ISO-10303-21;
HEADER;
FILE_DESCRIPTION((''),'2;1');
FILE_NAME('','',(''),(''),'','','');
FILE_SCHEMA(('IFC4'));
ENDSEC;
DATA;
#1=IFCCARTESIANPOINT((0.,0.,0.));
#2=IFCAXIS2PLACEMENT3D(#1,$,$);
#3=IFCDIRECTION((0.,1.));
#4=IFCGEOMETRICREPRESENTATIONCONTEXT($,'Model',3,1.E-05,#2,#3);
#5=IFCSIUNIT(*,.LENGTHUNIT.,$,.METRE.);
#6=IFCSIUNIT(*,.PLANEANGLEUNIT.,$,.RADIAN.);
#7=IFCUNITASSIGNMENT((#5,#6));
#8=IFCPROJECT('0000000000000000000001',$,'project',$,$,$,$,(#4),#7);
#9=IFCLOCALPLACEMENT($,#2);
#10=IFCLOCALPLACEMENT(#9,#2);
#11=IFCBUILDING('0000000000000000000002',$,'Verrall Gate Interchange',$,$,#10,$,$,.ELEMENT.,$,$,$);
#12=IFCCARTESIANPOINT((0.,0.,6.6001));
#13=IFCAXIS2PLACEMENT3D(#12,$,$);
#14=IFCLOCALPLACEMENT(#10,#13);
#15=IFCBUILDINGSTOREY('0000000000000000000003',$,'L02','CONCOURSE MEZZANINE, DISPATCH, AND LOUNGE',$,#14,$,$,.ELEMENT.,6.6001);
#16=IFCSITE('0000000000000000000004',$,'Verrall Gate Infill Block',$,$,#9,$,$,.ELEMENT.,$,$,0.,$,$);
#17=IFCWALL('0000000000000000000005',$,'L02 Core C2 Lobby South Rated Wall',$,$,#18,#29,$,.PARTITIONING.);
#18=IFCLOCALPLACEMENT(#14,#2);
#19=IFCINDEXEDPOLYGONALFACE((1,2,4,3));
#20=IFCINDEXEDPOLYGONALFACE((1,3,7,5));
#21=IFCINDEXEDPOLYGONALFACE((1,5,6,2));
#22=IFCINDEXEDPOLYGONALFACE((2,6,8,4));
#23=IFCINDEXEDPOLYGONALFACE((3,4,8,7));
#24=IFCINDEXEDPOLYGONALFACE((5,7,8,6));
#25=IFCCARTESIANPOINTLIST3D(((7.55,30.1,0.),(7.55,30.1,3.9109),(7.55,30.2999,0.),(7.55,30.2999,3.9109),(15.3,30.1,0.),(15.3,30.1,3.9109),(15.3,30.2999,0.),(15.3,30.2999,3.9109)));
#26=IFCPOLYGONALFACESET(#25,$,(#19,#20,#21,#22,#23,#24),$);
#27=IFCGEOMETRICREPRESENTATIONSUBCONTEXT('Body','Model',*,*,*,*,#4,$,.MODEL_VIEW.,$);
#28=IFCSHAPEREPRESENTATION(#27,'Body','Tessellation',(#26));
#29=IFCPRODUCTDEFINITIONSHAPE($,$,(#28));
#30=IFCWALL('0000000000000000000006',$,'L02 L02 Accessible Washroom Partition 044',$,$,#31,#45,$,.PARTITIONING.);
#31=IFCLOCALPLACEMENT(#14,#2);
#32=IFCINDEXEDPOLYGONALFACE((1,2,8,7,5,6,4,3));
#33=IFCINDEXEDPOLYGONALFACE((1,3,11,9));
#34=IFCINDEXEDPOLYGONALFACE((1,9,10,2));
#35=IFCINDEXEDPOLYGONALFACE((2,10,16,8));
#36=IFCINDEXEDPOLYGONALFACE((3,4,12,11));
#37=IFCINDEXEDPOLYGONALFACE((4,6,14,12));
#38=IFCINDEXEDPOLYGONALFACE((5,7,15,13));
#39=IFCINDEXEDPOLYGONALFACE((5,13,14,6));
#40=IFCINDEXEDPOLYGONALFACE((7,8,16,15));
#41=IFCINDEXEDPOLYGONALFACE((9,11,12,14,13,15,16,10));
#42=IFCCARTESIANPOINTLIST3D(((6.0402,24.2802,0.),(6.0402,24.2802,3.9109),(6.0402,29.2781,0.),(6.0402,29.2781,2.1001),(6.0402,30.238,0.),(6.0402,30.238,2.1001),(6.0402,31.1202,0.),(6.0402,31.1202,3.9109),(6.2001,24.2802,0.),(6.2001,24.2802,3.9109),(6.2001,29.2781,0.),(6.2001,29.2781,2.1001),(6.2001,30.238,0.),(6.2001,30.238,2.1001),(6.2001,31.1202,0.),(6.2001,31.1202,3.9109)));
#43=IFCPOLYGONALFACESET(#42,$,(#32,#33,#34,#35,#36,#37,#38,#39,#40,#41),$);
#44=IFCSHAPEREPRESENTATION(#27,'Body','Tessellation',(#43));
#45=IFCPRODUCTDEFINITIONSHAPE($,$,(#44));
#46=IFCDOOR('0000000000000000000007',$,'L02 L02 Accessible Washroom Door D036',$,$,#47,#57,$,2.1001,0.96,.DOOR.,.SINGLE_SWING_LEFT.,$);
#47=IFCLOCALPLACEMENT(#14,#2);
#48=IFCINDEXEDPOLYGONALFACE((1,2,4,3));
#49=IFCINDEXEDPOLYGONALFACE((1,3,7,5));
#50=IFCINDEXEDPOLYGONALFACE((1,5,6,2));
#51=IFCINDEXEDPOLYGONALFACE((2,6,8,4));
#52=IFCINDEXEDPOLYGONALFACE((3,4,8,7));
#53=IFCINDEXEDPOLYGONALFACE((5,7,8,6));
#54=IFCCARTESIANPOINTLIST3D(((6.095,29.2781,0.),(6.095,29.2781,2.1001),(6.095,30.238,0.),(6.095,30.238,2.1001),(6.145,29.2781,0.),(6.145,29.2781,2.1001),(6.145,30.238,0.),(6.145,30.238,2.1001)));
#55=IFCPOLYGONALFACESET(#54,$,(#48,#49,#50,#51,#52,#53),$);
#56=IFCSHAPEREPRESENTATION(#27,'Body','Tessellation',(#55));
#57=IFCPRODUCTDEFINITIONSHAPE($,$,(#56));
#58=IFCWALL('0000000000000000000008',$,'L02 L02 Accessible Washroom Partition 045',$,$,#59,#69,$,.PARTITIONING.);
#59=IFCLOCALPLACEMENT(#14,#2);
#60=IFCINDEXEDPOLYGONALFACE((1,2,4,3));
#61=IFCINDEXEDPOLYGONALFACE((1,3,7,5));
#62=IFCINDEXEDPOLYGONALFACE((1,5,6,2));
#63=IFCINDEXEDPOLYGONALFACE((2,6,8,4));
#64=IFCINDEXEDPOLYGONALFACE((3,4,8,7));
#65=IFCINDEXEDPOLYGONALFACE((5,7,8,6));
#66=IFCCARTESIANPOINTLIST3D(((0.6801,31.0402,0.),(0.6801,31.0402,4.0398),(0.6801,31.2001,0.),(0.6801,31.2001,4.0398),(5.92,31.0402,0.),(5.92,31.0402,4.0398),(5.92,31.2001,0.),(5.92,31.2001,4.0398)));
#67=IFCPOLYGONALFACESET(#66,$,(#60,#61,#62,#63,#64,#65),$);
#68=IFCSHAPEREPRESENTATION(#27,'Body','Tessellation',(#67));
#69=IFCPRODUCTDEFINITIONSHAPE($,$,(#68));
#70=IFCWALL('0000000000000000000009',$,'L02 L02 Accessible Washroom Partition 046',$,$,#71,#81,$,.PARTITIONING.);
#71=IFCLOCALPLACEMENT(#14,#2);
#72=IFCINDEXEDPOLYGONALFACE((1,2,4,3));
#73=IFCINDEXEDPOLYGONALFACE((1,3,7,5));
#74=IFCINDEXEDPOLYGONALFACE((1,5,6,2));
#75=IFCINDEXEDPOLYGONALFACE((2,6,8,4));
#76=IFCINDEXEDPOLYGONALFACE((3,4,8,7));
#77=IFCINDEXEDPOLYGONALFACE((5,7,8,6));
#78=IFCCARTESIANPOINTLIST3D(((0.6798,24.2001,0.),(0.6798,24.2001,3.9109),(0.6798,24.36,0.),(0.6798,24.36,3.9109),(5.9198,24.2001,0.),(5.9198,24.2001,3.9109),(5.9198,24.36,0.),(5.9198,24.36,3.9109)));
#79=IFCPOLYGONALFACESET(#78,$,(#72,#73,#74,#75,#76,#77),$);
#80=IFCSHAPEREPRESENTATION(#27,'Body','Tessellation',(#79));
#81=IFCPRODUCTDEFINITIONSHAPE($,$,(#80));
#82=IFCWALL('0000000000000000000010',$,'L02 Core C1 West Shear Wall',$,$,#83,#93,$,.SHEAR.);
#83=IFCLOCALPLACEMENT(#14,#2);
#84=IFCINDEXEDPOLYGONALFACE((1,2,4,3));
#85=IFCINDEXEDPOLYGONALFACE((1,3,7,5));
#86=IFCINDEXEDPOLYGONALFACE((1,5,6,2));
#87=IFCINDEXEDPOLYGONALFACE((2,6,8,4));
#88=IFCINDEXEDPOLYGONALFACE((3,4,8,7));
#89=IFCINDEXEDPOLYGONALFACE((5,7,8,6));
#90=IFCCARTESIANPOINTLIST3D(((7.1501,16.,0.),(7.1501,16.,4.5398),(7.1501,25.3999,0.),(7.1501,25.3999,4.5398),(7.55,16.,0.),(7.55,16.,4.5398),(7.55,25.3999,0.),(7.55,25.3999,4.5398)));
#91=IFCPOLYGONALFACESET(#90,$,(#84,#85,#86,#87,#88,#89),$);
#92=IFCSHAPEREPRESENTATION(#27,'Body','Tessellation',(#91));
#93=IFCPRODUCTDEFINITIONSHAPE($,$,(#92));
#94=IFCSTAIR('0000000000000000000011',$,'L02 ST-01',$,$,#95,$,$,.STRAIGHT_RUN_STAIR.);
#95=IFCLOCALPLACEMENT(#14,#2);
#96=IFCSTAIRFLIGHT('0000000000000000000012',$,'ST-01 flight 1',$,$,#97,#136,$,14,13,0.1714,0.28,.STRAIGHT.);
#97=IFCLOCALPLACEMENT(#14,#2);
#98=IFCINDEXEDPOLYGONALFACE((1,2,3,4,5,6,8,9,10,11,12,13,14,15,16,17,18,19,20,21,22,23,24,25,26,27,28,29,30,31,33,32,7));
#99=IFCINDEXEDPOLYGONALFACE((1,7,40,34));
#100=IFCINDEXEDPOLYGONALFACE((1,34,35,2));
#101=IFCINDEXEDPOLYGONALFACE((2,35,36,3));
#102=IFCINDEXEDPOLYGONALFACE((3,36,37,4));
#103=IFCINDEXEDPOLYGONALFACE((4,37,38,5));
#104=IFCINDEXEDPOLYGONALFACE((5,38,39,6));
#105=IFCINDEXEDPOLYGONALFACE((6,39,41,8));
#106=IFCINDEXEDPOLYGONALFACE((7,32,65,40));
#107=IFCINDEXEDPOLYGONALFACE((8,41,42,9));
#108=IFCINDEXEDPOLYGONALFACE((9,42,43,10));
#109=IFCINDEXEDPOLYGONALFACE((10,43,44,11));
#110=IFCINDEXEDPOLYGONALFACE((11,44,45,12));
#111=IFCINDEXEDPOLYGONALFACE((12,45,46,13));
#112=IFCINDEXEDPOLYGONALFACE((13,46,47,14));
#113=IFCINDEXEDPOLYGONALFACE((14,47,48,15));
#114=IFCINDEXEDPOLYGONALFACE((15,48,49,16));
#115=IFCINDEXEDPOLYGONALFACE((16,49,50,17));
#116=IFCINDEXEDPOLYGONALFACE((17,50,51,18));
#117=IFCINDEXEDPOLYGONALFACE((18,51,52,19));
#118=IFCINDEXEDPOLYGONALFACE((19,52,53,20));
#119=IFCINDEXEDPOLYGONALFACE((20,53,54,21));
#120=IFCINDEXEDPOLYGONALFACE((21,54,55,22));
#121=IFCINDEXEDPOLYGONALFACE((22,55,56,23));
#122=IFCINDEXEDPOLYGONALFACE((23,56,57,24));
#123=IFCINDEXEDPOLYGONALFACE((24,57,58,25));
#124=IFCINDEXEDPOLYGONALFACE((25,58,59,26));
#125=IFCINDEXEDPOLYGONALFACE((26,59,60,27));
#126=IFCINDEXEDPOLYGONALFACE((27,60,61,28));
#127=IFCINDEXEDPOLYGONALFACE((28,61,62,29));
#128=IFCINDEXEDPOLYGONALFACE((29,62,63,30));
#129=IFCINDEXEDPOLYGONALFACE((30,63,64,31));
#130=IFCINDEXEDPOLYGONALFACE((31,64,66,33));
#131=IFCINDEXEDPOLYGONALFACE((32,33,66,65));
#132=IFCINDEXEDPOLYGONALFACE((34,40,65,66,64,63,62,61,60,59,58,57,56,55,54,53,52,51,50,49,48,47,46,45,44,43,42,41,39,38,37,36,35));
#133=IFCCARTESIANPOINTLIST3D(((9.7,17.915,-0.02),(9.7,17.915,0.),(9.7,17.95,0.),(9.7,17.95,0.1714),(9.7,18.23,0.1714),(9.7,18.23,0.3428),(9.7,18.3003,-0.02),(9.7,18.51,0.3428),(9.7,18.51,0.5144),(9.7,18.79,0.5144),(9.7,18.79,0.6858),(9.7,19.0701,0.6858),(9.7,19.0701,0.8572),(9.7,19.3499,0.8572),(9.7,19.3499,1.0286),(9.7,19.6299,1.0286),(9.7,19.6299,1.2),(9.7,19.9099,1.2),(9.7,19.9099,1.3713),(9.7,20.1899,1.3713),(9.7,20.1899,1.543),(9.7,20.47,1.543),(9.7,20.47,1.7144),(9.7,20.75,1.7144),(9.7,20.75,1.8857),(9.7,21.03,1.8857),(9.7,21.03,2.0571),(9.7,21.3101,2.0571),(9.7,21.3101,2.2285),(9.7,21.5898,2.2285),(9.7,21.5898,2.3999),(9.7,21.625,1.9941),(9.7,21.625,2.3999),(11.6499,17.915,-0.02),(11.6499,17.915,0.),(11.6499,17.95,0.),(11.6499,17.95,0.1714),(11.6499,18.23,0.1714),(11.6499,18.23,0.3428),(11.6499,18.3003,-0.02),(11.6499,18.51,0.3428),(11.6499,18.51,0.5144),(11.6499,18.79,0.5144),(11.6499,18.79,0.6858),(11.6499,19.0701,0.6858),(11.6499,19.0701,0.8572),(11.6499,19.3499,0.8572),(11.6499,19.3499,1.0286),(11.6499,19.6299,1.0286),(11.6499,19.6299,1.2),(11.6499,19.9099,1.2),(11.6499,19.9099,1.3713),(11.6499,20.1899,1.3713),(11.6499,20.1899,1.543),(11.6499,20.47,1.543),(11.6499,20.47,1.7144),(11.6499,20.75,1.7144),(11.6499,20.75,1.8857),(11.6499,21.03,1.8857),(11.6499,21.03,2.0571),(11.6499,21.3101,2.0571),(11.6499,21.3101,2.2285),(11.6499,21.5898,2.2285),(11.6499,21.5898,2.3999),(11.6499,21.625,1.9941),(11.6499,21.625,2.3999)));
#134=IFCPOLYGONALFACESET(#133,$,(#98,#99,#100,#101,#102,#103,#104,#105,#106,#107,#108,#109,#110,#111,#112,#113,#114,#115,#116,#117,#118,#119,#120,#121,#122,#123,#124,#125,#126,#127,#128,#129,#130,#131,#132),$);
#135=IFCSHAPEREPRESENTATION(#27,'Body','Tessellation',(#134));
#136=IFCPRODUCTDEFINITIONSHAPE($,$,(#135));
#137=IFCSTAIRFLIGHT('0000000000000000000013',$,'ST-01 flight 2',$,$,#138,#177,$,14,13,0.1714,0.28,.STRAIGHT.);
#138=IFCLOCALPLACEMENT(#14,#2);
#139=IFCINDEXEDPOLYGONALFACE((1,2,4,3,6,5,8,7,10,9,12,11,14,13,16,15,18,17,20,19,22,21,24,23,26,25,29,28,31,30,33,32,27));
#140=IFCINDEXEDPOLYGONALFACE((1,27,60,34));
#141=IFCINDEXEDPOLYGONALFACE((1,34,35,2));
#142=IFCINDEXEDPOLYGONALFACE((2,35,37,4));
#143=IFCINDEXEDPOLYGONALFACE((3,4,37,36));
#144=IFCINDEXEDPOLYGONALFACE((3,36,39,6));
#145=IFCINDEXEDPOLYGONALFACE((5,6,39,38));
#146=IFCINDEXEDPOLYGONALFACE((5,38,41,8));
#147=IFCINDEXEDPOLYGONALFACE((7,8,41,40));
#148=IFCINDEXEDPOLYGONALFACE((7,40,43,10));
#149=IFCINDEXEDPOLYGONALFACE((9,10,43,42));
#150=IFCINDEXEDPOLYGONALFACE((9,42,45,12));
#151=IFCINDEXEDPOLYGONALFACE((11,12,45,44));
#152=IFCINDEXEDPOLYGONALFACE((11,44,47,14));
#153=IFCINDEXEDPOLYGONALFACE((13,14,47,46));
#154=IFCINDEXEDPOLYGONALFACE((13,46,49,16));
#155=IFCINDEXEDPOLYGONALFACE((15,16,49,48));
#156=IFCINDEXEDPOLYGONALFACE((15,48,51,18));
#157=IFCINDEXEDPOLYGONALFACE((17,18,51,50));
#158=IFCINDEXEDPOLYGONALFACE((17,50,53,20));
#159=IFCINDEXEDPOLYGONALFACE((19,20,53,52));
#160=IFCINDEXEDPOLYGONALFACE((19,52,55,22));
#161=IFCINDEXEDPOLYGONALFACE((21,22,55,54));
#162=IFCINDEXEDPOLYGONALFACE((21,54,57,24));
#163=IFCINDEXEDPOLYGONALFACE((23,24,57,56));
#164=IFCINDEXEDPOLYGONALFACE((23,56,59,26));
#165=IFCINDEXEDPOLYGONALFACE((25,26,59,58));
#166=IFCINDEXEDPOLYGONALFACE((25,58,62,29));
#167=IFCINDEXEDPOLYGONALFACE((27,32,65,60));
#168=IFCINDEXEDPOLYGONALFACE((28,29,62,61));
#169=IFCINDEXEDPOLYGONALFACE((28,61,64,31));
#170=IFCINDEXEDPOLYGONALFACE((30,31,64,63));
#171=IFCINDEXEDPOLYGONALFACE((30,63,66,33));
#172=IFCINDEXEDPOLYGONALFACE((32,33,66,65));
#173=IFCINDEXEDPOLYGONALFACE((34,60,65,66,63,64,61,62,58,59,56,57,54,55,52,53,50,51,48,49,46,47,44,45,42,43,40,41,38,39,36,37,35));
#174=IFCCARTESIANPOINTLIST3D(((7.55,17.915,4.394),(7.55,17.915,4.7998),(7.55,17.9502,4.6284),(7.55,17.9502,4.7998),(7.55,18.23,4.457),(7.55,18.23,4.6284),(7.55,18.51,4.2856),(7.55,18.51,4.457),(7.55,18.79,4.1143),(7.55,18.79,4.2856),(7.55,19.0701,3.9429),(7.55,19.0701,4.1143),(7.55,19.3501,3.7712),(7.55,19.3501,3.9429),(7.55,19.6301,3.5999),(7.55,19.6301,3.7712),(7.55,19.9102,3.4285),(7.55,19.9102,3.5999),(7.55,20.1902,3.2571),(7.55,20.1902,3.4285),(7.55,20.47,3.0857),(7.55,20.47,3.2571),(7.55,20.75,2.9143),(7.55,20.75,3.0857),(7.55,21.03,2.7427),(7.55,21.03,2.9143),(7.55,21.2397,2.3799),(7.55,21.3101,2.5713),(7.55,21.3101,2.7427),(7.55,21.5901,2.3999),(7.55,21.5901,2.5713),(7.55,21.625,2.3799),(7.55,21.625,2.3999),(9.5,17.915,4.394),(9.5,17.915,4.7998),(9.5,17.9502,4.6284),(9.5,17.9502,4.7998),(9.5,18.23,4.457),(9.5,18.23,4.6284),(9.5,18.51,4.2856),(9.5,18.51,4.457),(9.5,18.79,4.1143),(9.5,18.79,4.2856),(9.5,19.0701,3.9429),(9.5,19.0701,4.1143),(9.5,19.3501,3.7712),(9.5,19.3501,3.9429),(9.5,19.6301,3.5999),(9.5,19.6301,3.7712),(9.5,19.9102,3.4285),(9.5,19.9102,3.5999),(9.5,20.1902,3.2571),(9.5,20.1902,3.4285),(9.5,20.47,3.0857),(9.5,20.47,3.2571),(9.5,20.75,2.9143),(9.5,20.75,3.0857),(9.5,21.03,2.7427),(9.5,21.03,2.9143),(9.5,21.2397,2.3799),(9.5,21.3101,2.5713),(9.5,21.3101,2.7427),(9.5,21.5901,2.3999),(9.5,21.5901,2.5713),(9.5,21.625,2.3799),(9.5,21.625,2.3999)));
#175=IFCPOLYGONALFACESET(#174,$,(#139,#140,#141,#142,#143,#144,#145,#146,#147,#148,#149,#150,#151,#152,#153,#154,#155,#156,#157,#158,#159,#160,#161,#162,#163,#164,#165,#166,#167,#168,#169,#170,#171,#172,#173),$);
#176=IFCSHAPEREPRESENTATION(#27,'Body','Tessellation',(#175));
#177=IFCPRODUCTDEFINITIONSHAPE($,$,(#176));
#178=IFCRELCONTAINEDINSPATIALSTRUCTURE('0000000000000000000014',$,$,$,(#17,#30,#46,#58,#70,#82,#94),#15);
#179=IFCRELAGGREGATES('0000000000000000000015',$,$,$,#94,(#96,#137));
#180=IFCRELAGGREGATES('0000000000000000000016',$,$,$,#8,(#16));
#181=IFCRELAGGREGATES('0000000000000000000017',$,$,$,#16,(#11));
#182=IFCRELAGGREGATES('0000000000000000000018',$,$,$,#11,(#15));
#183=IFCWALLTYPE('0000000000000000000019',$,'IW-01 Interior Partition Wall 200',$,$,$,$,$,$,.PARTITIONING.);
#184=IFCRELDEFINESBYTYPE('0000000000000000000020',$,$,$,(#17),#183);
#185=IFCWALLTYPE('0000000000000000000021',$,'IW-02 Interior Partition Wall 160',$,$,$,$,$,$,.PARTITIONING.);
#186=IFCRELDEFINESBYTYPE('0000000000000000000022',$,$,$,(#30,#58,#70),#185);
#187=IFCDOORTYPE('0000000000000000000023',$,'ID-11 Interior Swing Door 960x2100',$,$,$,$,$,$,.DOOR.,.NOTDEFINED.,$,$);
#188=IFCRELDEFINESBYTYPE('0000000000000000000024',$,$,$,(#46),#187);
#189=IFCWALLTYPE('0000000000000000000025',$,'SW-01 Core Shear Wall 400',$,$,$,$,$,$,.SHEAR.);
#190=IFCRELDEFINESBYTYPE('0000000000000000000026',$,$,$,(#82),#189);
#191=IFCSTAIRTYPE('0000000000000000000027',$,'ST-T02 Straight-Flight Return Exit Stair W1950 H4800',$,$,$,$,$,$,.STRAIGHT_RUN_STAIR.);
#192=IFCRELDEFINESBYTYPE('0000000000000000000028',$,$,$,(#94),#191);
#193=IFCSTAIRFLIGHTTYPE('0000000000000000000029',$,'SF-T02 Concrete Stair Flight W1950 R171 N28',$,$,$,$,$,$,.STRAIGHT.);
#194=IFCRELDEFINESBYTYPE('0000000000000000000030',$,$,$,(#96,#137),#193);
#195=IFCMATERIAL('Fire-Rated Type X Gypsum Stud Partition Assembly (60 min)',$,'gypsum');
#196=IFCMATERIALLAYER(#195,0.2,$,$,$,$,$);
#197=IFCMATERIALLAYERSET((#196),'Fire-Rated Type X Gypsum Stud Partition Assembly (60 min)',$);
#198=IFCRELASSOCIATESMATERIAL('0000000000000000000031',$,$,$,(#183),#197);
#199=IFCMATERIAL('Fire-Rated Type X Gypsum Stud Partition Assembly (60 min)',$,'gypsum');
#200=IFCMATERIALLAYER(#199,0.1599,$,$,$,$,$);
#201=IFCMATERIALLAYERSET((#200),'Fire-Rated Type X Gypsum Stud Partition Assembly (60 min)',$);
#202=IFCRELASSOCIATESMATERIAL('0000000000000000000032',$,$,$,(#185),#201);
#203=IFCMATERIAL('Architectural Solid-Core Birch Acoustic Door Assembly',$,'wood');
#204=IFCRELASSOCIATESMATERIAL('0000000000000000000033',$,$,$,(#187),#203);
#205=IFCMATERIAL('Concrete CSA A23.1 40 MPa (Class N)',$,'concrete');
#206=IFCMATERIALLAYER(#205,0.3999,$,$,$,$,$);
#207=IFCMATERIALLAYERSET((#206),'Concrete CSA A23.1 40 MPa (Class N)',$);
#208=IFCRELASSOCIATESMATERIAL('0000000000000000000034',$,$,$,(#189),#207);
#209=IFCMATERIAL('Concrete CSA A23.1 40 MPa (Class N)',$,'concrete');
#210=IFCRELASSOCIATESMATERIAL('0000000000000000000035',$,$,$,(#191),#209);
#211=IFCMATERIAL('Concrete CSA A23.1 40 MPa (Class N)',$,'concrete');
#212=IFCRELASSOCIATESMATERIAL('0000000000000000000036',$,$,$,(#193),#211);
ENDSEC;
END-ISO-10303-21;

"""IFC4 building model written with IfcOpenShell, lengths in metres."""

from ifc_helpers import new_model, si_unit, direction, frame, frame_2d, origin, place, context, subcontext, project, spatial, polyline, rectangle, outline, extrude, material, layer, layer_set, type_object, element, fill, aggregate, save


model = new_model("IFC4")

# Units and contexts
model_context = context("Model", 3, precision=1e-05, world=origin(), true_north=direction((0.0, 1.0)))
body_context = subcontext(model_context, "Body", "Model", "MODEL_VIEW")
ifc_project = project(units=[si_unit("LENGTHUNIT", "METRE"), si_unit("PLANEANGLEUNIT", "RADIAN")], contexts=[model_context])

# Site, building, storey
site_placement = place(None, origin())
site = spatial("IfcSite", under=ifc_project, at=site_placement, Name="Verrall Gate Infill Block", CompositionType="ELEMENT", RefElevation=0.0)
building_placement = place(site_placement, origin())
building = spatial("IfcBuilding", under=site, at=building_placement, Name="Verrall Gate Interchange", CompositionType="ELEMENT")
storey_placement = place(building_placement, frame((0.0, 0.0, 6.6001)))
storey = spatial("IfcBuildingStorey", under=building, at=storey_placement, Name="L02", Description="CONCOURSE MEZZANINE, DISPATCH, AND LOUNGE", CompositionType="ELEMENT", Elevation=6.6001)

# Wall
ifc_material_1 = material(Name="Fire-Rated Type X Gypsum Stud Partition Assembly (60 min)", Category="gypsum")
ifc_layer_1 = layer(ifc_material_1, 0.2)
ifc_layer_set_1 = layer_set([ifc_layer_1], Name="Fire-Rated Type X Gypsum Stud Partition Assembly (60 min)")
wall_type_1 = type_object("IfcWallType", Name="IW-01 Interior Partition Wall 200", PredefinedType="PARTITIONING", material=ifc_layer_set_1)
wall_1_placement = place(storey_placement, frame((7.55, 30.2, 0.0), z_axis=(0.0, 0.0, 1.0), x_axis=(1.0, 0.0, 0.0)))
element("IfcWall", 1, at=wall_1_placement, inside=storey, type_object=wall_type_1, Name="L02 Core C2 Lobby South Rated Wall", PredefinedType="PARTITIONING", context=body_context, shape_type="SweptSolid", body=[
    extrude(rectangle(XDim=7.75, YDim=0.2, at=frame_2d((3.875, 0.0))), origin(), (0.0, 0.0, 1.0), 3.9109),
])

# Wall, opening, door
ifc_material_2 = material(Name="Fire-Rated Type X Gypsum Stud Partition Assembly (60 min)", Category="gypsum")
ifc_layer_2 = layer(ifc_material_2, 0.1599)
ifc_layer_set_2 = layer_set([ifc_layer_2], Name="Fire-Rated Type X Gypsum Stud Partition Assembly (60 min)")
wall_type_2 = type_object("IfcWallType", Name="IW-02 Interior Partition Wall 160", PredefinedType="PARTITIONING", material=ifc_layer_set_2)
wall_2_placement = place(storey_placement, frame((6.1201, 31.1201, 0.0), z_axis=(0.0, 0.0, 1.0), x_axis=(0.0, -1.0, 0.0)))
wall_2 = element("IfcWall", 2, at=wall_2_placement, inside=storey, type_object=wall_type_2, Name="L02 L02 Accessible Washroom Partition 044", PredefinedType="PARTITIONING", context=body_context, shape_type="SweptSolid", body=[
    extrude(rectangle(XDim=6.8401, YDim=0.1599, at=frame_2d((3.4199, 0.0))), origin(), (0.0, 0.0, 1.0), 3.9109),
])
opening_placement = place(wall_2_placement, frame((0.8821, 0.0, 0.0)))
opening = element("IfcOpeningElement", 3, at=opening_placement, cuts=wall_2, PredefinedType="OPENING", context=body_context, shape_type="SweptSolid", body=[
    extrude(rectangle(XDim=0.96, YDim=2.1001, at=frame_2d((0.48, 1.05))), frame((0.0, 0.0947, 0.0), z_axis=(0.0, -1.0, 0.0), x_axis=(1.0, 0.0, 0.0)), (0.0, 0.0, 1.0), 0.1897),
])
ifc_material_3 = material(Name="Architectural Solid-Core Birch Acoustic Door Assembly", Category="wood")
door_type = type_object("IfcDoorType", Name="ID-11 Interior Swing Door 960x2100", OperationType="NOTDEFINED", PredefinedType="DOOR", material=ifc_material_3)
door_placement = place(opening_placement, origin())
door = element("IfcDoor", 4, at=door_placement, inside=storey, type_object=door_type, Name="L02 L02 Accessible Washroom Door D036", OperationType="SINGLE_SWING_LEFT", OverallHeight=2.1001, OverallWidth=0.96, PredefinedType="DOOR", context=body_context, shape_type="SweptSolid", body=[
    extrude(rectangle(XDim=0.96, YDim=2.1001, at=frame_2d((0.48, 1.05))), frame((0.0, 0.0249, 0.0), z_axis=(0.0, -1.0, 0.0), x_axis=(1.0, 0.0, 0.0)), (0.0, 0.0, 1.0), 0.05),
])
fill(opening, door)

# Walls
wall_3_placement = place(storey_placement, frame((0.6799, 31.1201, 0.0), z_axis=(0.0, 0.0, 1.0), x_axis=(1.0, 0.0, 0.0)))
element("IfcWall", 5, at=wall_3_placement, inside=storey, type_object=wall_type_2, Name="L02 L02 Accessible Washroom Partition 045", PredefinedType="PARTITIONING", context=body_context, shape_type="SweptSolid", body=[
    extrude(rectangle(XDim=5.24, YDim=0.1599, at=frame_2d((2.6201, 0.0))), origin(), (0.0, 0.0, 1.0), 4.0398),
])
wall_4_placement = place(storey_placement, frame((5.9199, 24.28, 0.0), z_axis=(0.0, 0.0, 1.0), x_axis=(-1.0, 0.0, 0.0)))
element("IfcWall", 6, at=wall_4_placement, inside=storey, type_object=wall_type_2, Name="L02 L02 Accessible Washroom Partition 046", PredefinedType="PARTITIONING", context=body_context, shape_type="SweptSolid", body=[
    extrude(rectangle(XDim=5.24, YDim=0.1599, at=frame_2d((2.6201, 0.0))), origin(), (0.0, 0.0, 1.0), 3.9109),
])
ifc_material_4 = material(Name="Concrete CSA A23.1 40 MPa (Class N)", Category="concrete")
ifc_layer_3 = layer(ifc_material_4, 0.3999)
ifc_layer_set_3 = layer_set([ifc_layer_3], Name="Concrete CSA A23.1 40 MPa (Class N)")
wall_type_3 = type_object("IfcWallType", Name="SW-01 Core Shear Wall 400", PredefinedType="SHEAR", material=ifc_layer_set_3)
wall_5_placement = place(storey_placement, frame((7.3501, 25.3999, 0.0), z_axis=(0.0, 0.0, 1.0), x_axis=(0.0, -1.0, 0.0)))
element("IfcWall", 7, at=wall_5_placement, inside=storey, type_object=wall_type_3, Name="L02 Core C1 West Shear Wall", PredefinedType="SHEAR", context=body_context, shape_type="SweptSolid", body=[
    extrude(rectangle(XDim=9.3999, YDim=0.3999, at=frame_2d((4.7, 0.0))), origin(), (0.0, 0.0, 1.0), 4.5398),
])

# Stair, stair flights
ifc_material_5 = material(Name="Concrete CSA A23.1 40 MPa (Class N)", Category="concrete")
stair_type = type_object("IfcStairType", Name="ST-T02 Straight-Flight Return Exit Stair W1950 H4800", PredefinedType="STRAIGHT_RUN_STAIR", material=ifc_material_5)
stair_placement = place(storey_placement, origin())
stair = element("IfcStair", 8, at=stair_placement, inside=storey, type_object=stair_type, Name="L02 ST-01", PredefinedType="STRAIGHT_RUN_STAIR")
ifc_material_6 = material(Name="Concrete CSA A23.1 40 MPa (Class N)", Category="concrete")
stair_flight_type = type_object("IfcStairFlightType", Name="SF-T02 Concrete Stair Flight W1950 R171 N28", PredefinedType="STRAIGHT", material=ifc_material_6)
stair_flight_1_placement = place(storey_placement, frame((10.675, 17.95, 0.0), z_axis=(0.0, 0.0, 1.0), x_axis=(0.0, 1.0, 0.0)))
stair_flight_1 = element("IfcStairFlight", 9, at=stair_flight_1_placement, type_object=stair_flight_type, Name="ST-01 flight 1", NumberOfRisers=14, NumberOfTreads=13, PredefinedType="STRAIGHT", RiserHeight=0.1714, TreadLength=0.28, context=body_context, shape_type="SweptSolid", body=[
    extrude(outline(polyline([(-0.0349, -0.02), (-0.0349, 0.0), (0.0, 0.0), (0.0, 0.1714), (0.28, 0.1714), (0.28, 0.3428), (0.5601, 0.3428), (0.5601, 0.5144), (0.8401, 0.5144), (0.8401, 0.6858), (1.1201, 0.6858), (1.1201, 0.8572), (1.3999, 0.8572), (1.3999, 1.0286), (1.6799, 1.0286), (1.6799, 1.2), (1.96, 1.2), (1.96, 1.3713), (2.24, 1.3713), (2.24, 1.543), (2.52, 1.543), (2.52, 1.7144), (2.8, 1.7144), (2.8, 1.8857), (3.0801, 1.8857), (3.0801, 2.0571), (3.3601, 2.0571), (3.3601, 2.2285), (3.6399, 2.2285), (3.6399, 2.3999), (3.675, 2.3999), (3.675, 1.9941), (0.3503, -0.02), (-0.0349, -0.02)])), frame((0.0, 0.9751, 0.0), z_axis=(0.0, -1.0, 0.0), x_axis=(1.0, 0.0, 0.0)), (0.0, 0.0, 1.0), 1.95),
])
stair_flight_2_placement = place(storey_placement, frame((8.5249, 21.5901, 2.3999), z_axis=(0.0, 0.0, 1.0), x_axis=(0.0, -1.0, 0.0)))
stair_flight_2 = element("IfcStairFlight", 10, at=stair_flight_2_placement, type_object=stair_flight_type, Name="ST-01 flight 2", NumberOfRisers=14, NumberOfTreads=13, PredefinedType="STRAIGHT", RiserHeight=0.1714, TreadLength=0.28, context=body_context, shape_type="SweptSolid", body=[
    extrude(outline(polyline([(-0.0349, -0.02), (-0.0349, 0.0), (0.0, 0.0), (0.0, 0.1714), (0.28, 0.1714), (0.28, 0.3428), (0.5601, 0.3428), (0.5601, 0.5144), (0.8401, 0.5144), (0.8401, 0.6858), (1.1201, 0.6858), (1.1201, 0.8572), (1.3999, 0.8572), (1.3999, 1.0286), (1.6799, 1.0286), (1.6799, 1.2), (1.96, 1.2), (1.96, 1.3713), (2.24, 1.3713), (2.24, 1.543), (2.52, 1.543), (2.52, 1.7144), (2.8, 1.7144), (2.8, 1.8857), (3.0801, 1.8857), (3.0801, 2.0571), (3.3601, 2.0571), (3.3601, 2.2285), (3.6399, 2.2285), (3.6399, 2.3999), (3.675, 2.3999), (3.675, 1.9941), (0.3503, -0.02), (-0.0349, -0.02)])), frame((0.0, 0.9751, 0.0), z_axis=(0.0, -1.0, 0.0), x_axis=(1.0, 0.0, 0.0)), (0.0, 0.0, 1.0), 1.95),
])
aggregate(stair, [stair_flight_1, stair_flight_2])

save(model, "model.ifc")
